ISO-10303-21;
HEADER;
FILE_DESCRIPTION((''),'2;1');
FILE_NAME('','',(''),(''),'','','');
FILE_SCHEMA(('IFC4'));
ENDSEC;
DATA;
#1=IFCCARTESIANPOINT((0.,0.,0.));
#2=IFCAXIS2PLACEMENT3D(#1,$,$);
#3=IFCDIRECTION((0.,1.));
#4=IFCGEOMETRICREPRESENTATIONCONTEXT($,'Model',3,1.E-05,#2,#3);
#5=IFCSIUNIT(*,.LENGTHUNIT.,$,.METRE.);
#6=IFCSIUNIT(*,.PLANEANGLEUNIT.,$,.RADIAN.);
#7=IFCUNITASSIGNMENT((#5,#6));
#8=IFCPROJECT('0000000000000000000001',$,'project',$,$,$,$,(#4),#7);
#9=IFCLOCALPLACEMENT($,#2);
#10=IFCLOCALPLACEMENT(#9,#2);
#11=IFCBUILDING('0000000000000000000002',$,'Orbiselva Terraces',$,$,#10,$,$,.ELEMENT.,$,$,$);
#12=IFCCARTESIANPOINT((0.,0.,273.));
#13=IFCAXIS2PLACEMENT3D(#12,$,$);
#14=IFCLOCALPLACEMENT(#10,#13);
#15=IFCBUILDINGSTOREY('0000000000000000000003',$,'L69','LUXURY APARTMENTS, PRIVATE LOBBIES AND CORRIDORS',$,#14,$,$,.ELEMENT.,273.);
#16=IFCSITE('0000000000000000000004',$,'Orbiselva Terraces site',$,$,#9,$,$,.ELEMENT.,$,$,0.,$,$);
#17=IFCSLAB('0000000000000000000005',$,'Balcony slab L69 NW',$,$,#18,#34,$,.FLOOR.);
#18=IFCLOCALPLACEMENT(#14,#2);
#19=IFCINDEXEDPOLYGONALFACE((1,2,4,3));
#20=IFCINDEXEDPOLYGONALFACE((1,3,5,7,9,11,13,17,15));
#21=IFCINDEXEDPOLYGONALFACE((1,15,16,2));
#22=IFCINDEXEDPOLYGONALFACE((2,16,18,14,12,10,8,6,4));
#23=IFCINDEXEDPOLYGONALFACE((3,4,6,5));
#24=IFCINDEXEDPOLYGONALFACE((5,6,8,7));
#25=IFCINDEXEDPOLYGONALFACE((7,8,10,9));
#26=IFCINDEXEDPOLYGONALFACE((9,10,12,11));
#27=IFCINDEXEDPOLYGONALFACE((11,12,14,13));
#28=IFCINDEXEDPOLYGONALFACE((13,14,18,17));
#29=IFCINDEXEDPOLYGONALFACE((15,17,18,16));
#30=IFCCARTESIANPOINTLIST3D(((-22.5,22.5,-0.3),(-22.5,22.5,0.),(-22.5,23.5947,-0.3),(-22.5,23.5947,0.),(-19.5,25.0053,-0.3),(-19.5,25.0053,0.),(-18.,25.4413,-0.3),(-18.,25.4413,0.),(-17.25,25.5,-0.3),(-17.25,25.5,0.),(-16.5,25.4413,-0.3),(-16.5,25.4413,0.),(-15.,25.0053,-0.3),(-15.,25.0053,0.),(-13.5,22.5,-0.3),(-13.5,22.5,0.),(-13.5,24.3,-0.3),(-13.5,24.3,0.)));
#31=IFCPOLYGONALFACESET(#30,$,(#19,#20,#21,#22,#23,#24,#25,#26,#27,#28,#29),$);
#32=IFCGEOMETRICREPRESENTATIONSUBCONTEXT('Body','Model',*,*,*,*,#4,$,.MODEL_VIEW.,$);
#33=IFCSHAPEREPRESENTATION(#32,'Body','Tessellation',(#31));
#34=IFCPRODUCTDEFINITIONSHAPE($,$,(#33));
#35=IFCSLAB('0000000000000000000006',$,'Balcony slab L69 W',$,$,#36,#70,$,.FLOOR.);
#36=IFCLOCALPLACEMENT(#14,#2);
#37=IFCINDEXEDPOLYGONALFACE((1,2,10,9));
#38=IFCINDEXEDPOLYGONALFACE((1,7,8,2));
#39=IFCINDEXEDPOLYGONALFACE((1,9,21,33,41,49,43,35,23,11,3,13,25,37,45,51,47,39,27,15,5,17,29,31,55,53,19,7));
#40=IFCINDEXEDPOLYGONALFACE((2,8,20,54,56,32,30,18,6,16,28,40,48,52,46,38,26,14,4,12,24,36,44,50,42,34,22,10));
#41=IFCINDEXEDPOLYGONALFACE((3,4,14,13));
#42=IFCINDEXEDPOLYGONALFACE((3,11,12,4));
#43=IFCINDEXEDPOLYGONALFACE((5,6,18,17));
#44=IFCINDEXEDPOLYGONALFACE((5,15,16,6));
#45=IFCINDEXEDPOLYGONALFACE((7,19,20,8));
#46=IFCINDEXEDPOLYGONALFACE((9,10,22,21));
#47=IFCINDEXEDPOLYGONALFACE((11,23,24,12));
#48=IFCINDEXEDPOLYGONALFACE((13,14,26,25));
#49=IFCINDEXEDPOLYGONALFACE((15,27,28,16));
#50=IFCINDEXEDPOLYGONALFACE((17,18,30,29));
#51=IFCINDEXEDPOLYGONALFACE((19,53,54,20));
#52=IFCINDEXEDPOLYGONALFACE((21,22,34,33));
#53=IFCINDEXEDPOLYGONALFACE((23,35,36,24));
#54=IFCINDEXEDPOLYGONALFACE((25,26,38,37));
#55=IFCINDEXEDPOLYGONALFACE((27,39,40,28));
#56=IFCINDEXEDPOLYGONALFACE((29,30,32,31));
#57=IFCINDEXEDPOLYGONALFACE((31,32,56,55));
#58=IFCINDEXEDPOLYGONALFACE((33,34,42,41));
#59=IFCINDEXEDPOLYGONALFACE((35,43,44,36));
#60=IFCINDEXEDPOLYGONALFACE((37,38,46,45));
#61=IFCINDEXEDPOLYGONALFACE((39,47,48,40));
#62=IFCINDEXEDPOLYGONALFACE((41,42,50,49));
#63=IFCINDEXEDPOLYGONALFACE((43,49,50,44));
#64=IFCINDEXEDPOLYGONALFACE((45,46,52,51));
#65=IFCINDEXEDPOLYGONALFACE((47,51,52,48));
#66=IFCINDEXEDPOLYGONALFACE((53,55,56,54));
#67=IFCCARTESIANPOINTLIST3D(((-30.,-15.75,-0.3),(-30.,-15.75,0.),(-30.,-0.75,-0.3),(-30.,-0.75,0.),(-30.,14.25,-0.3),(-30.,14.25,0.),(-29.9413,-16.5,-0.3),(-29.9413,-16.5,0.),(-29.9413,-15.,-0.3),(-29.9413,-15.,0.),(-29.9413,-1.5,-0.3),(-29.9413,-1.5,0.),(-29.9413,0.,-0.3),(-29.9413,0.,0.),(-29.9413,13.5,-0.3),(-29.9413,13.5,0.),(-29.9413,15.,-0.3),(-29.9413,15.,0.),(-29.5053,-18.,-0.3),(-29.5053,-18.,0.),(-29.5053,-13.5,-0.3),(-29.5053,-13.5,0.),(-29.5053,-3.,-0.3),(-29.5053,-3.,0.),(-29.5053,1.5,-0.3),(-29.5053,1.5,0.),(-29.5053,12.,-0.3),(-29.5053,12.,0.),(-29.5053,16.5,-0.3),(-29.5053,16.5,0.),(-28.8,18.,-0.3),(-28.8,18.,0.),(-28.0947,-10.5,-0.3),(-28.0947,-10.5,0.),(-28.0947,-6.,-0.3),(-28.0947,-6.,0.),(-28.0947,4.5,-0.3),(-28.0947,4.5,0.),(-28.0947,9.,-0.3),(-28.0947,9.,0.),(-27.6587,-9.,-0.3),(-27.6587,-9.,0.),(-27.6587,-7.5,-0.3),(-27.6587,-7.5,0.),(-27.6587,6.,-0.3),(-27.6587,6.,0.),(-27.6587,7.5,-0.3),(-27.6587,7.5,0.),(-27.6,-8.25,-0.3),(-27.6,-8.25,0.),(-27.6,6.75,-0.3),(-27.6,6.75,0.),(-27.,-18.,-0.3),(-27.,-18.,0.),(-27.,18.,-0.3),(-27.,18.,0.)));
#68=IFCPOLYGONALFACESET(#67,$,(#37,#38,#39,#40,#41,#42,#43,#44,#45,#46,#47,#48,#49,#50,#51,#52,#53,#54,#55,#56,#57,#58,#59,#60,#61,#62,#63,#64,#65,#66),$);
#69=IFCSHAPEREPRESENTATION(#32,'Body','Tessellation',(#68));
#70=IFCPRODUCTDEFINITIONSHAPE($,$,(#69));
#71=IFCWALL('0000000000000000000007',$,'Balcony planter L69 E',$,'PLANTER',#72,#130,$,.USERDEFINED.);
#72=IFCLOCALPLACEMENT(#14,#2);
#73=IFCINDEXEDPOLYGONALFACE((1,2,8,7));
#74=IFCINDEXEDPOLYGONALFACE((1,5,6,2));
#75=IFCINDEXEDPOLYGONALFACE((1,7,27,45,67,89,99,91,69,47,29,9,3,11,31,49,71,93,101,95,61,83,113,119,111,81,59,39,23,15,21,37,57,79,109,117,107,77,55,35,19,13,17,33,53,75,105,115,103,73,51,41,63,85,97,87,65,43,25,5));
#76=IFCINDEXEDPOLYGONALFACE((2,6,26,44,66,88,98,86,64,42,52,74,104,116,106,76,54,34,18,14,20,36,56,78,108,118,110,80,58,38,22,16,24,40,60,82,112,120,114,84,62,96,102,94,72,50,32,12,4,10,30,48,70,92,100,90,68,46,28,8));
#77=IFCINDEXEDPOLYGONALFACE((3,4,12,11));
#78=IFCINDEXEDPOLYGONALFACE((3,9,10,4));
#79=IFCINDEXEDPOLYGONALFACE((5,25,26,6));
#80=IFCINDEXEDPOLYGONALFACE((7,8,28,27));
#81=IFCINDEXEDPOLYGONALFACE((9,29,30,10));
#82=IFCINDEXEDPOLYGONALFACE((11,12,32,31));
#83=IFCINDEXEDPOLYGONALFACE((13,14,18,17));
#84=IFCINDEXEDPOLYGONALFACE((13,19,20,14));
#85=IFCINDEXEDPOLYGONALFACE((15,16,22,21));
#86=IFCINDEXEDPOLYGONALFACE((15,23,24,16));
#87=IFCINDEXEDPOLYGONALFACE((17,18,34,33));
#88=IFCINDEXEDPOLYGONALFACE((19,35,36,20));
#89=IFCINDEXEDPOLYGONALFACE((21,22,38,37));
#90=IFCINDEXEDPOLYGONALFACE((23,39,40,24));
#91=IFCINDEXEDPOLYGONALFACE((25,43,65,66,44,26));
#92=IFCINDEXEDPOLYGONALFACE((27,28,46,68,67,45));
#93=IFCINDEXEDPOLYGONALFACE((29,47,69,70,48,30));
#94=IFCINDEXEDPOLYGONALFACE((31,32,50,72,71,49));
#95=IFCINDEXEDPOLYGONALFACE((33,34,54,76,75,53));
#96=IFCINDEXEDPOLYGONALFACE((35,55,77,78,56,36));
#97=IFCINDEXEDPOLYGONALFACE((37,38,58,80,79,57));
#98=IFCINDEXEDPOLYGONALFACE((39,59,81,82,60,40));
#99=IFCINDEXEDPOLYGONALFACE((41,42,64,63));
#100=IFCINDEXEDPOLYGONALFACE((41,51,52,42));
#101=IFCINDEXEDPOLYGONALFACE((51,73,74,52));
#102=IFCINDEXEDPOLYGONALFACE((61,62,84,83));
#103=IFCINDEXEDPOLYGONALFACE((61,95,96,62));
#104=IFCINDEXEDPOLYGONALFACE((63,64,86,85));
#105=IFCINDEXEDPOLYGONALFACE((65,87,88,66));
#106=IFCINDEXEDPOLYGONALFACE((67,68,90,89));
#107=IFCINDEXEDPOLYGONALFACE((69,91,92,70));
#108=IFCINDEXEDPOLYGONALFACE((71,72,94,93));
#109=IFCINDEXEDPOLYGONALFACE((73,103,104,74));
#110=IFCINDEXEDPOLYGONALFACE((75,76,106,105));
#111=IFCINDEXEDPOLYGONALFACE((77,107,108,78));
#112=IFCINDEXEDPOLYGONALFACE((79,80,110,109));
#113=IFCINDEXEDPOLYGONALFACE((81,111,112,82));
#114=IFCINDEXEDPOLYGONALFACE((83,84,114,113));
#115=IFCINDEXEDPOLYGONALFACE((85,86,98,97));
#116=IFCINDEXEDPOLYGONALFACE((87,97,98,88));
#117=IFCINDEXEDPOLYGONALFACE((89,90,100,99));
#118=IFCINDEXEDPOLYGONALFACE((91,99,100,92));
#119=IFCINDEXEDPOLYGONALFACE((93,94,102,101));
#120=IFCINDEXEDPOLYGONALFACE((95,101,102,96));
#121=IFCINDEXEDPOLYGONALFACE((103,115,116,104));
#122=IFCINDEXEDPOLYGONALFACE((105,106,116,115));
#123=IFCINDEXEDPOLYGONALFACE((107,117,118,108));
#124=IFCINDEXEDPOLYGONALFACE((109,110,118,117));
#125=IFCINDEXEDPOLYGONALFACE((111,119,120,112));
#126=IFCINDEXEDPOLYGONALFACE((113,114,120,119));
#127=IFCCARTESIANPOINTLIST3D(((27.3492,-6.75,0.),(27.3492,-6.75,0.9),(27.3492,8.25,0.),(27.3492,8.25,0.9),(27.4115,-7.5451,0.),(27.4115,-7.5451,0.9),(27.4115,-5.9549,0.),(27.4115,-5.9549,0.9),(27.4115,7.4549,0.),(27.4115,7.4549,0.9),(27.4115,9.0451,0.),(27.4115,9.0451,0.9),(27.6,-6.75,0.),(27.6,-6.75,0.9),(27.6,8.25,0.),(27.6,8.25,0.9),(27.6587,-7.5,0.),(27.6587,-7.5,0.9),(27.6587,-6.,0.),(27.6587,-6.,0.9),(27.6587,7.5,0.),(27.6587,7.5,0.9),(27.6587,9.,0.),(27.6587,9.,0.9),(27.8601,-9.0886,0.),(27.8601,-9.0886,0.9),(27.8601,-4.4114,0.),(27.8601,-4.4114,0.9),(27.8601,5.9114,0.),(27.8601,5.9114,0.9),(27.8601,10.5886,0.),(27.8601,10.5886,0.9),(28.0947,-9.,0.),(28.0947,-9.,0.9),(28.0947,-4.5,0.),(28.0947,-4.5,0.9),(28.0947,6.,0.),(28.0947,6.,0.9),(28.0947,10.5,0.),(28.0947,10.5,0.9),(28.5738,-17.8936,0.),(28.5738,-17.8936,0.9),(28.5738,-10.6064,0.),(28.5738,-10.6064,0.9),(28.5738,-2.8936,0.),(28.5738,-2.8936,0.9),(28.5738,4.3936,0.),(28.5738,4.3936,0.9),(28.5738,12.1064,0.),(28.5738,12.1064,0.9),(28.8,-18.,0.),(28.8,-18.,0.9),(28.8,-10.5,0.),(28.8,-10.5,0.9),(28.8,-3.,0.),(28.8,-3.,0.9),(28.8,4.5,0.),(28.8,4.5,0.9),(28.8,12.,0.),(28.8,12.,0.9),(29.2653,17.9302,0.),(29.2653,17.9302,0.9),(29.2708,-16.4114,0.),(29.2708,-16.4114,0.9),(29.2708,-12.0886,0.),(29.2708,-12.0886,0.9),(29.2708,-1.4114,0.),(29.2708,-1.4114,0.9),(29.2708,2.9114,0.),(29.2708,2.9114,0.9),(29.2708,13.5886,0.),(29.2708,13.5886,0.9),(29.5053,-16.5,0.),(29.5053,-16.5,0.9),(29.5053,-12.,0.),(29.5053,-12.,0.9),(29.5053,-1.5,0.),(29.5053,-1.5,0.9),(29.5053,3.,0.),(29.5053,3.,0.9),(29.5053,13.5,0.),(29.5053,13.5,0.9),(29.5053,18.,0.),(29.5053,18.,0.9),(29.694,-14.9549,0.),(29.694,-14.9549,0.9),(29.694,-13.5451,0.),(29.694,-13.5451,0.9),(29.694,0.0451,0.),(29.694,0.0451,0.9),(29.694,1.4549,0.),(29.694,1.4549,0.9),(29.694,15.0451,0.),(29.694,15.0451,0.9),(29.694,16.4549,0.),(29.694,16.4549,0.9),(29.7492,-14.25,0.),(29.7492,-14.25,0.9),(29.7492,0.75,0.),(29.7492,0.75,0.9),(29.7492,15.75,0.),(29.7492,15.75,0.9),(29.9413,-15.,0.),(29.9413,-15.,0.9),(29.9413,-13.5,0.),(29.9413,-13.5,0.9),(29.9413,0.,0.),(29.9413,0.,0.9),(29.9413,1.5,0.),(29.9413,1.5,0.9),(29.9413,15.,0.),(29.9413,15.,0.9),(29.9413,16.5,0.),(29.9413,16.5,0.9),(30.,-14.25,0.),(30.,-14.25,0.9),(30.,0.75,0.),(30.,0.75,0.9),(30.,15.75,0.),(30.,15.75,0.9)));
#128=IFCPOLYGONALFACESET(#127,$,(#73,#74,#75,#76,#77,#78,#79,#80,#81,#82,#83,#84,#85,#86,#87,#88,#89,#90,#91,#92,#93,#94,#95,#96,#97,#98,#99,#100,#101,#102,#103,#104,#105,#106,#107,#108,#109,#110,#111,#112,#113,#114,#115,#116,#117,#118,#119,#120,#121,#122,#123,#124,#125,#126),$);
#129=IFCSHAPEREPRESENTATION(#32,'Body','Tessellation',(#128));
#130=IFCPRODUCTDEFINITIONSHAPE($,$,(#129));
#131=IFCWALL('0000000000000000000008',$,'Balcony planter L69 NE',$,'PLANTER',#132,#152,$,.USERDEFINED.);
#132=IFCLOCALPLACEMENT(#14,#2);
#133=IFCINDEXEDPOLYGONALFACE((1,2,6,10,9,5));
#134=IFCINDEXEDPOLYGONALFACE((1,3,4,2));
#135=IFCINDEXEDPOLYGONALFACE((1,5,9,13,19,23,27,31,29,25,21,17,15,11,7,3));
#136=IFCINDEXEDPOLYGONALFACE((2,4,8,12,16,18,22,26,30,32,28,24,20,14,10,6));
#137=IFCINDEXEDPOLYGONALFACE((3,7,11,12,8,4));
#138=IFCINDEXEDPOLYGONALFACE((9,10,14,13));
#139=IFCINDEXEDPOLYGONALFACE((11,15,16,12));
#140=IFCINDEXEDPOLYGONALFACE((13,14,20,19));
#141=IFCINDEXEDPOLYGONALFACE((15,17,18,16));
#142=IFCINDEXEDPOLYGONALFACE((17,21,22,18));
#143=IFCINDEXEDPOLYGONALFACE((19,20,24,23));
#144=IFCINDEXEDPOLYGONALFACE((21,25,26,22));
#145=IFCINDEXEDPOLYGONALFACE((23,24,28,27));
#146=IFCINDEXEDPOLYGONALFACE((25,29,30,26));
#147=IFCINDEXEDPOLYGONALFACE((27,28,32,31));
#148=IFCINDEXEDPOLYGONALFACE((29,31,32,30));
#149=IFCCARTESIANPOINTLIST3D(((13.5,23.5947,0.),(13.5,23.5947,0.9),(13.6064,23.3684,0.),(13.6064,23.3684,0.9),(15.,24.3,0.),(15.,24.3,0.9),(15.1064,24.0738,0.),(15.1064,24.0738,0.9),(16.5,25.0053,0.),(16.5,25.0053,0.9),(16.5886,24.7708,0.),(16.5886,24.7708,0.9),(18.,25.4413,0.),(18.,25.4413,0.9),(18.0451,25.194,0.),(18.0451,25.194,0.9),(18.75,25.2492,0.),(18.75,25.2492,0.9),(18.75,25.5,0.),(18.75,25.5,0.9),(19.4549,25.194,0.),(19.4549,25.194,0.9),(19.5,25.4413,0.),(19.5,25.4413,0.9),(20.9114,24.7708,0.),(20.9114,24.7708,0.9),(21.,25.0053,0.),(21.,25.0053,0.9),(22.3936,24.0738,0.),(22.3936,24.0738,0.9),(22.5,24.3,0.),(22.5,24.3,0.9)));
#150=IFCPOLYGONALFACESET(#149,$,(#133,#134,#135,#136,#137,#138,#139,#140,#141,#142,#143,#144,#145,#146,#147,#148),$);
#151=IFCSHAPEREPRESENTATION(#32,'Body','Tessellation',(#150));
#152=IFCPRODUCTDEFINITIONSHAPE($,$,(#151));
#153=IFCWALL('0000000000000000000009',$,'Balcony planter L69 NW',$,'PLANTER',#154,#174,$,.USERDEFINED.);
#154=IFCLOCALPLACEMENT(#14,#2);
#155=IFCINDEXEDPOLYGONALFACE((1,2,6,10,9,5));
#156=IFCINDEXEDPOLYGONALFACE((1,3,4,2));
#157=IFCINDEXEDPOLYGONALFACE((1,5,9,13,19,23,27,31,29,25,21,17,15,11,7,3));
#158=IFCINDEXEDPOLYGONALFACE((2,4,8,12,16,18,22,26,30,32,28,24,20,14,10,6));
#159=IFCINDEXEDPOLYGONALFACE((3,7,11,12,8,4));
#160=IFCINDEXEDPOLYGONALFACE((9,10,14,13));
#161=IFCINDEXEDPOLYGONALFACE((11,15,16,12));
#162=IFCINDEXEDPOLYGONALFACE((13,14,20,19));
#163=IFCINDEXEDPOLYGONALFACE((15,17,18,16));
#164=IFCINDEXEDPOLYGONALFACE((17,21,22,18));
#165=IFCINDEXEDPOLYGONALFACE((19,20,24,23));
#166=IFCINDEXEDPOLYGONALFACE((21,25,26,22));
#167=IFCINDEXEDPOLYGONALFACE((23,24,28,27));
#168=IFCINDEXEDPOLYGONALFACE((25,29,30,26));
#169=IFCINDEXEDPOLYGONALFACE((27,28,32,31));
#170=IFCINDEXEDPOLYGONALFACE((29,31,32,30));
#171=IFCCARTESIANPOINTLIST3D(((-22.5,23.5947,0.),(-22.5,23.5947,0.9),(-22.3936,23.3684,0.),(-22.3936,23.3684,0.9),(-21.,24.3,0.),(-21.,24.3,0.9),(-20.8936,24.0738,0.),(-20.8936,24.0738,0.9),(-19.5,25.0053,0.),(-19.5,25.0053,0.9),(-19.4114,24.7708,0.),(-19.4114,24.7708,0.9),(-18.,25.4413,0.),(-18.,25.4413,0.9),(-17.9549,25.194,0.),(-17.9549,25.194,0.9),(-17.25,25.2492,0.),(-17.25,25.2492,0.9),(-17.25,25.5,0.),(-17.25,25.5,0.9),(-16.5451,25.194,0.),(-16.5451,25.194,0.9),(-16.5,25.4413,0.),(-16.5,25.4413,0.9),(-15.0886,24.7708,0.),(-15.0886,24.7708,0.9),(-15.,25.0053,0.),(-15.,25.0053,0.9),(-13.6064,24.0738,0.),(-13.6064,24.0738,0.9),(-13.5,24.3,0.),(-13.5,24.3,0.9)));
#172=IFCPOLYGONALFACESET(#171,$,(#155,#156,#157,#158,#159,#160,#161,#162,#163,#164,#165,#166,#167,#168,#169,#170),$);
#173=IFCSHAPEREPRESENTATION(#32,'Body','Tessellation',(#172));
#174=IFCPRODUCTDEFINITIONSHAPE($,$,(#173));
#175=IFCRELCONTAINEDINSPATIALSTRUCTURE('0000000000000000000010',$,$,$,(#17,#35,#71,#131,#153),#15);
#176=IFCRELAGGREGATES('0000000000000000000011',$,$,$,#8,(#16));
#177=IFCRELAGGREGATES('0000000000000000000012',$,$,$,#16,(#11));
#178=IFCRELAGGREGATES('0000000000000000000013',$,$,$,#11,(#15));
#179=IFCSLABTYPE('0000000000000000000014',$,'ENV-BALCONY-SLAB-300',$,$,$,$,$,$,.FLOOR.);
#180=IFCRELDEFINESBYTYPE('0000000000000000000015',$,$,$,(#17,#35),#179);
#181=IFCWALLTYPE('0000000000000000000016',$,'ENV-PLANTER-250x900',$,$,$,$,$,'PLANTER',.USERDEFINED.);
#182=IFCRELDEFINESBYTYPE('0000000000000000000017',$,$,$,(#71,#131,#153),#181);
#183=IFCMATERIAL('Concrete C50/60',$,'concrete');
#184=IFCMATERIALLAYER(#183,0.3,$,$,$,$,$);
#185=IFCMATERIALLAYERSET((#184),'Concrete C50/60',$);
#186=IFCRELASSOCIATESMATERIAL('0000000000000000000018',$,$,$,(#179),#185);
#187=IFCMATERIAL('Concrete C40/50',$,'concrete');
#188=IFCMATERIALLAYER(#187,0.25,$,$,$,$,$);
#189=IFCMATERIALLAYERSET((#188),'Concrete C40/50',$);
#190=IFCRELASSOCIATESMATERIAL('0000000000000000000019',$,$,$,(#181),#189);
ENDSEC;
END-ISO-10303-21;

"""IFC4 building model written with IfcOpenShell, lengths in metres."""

from ifc_helpers import new_model, si_unit, direction, frame, origin, place, context, subcontext, project, spatial, polyline, outline, extrude, material, layer, layer_set, type_object, element, save


model = new_model("IFC4")

# Units and contexts
model_context = context("Model", 3, precision=1e-05, world=origin(), true_north=direction((0.0, 1.0)))
body_context = subcontext(model_context, "Body", "Model", "MODEL_VIEW")
ifc_project = project(units=[si_unit("LENGTHUNIT", "METRE"), si_unit("PLANEANGLEUNIT", "RADIAN")], contexts=[model_context])

# Site, building, storey
site_placement = place(None, origin())
site = spatial("IfcSite", under=ifc_project, at=site_placement, Name="Orbiselva Terraces site", CompositionType="ELEMENT", RefElevation=0.0)
building_placement = place(site_placement, origin())
building = spatial("IfcBuilding", under=site, at=building_placement, Name="Orbiselva Terraces", CompositionType="ELEMENT")
storey_placement = place(building_placement, frame((0.0, 0.0, 273.0)))
storey = spatial("IfcBuildingStorey", under=building, at=storey_placement, Name="L69", Description="LUXURY APARTMENTS, PRIVATE LOBBIES AND CORRIDORS", CompositionType="ELEMENT", Elevation=273.0)

# Shared definitions
ifc_material_1 = material(Name="Concrete C50/60", Category="concrete")

# Slabs
ifc_material_2 = material(Name="Concrete C40/50", Category="concrete")
ifc_layer_1 = layer(ifc_material_1, 0.3)
ifc_layer_set_1 = layer_set([ifc_layer_1], Name="Concrete C50/60")
slab_type_1 = type_object("IfcSlabType", Name="ENV-BALCONY-SLAB-300", PredefinedType="FLOOR", material=ifc_layer_set_1)
slab_1_placement = place(storey_placement, frame((0.0, 0.0, -0.3)))
element("IfcSlab", 1, at=slab_1_placement, inside=storey, type_object=slab_type_1, Name="Balcony slab L69 NW", PredefinedType="FLOOR", context=body_context, shape_type="SweptSolid", body=[
    extrude(outline(polyline([(-13.5, 24.3), (-15.0, 25.0053), (-16.5, 25.4413), (-17.25, 25.5), (-18.0, 25.4413), (-19.5, 25.0053), (-22.5, 23.5947), (-22.5, 22.5), (-13.5, 22.5), (-13.5, 24.3)])), origin(), (0.0, 0.0, 1.0), 0.3),
])
slab_2_placement = place(storey_placement, frame((0.0, 0.0, -0.3)))
element("IfcSlab", 2, at=slab_2_placement, inside=storey, type_object=slab_type_1, Name="Balcony slab L69 W", PredefinedType="FLOOR", context=body_context, shape_type="SweptSolid", body=[
    extrude(outline(polyline([(-28.8, 18.0), (-29.5053, 16.5), (-29.9413, 15.0), (-30.0, 14.25), (-29.9413, 13.5), (-29.5053, 12.0), (-28.0947, 9.0), (-27.6587, 7.5), (-27.6, 6.75), (-27.6587, 6.0), (-28.0947, 4.5), (-29.5053, 1.5), (-29.9413, 0.0), (-30.0, -0.75), (-29.9413, -1.5), (-29.5053, -3.0), (-28.0947, -6.0), (-27.6587, -7.5), (-27.6, -8.25), (-27.6587, -9.0), (-28.0947, -10.5), (-29.5053, -13.5), (-29.9413, -15.0), (-30.0, -15.75), (-29.9413, -16.5), (-29.5053, -18.0), (-27.0, -18.0), (-27.0, 18.0), (-28.8, 18.0)])), origin(), (0.0, 0.0, 1.0), 0.3),
])

# Walls
ifc_layer_2 = layer(ifc_material_2, 0.25)
ifc_layer_set_2 = layer_set([ifc_layer_2], Name="Concrete C40/50")
wall_type_1 = type_object("IfcWallType", Name="ENV-PLANTER-250x900", ElementType="PLANTER", PredefinedType="USERDEFINED", material=ifc_layer_set_2)
wall_1_placement = place(storey_placement, origin())
element("IfcWall", 3, at=wall_1_placement, inside=storey, type_object=wall_type_1, Name="Balcony planter L69 E", ObjectType="PLANTER", PredefinedType="USERDEFINED", context=body_context, shape_type="SweptSolid", body=[
    extrude(outline(polyline([(28.8, -18.0), (29.5053, -16.5), (29.9413, -15.0), (30.0, -14.25), (29.9413, -13.5), (29.5053, -12.0), (28.8, -10.5), (28.0947, -9.0), (27.6587, -7.5), (27.6, -6.75), (27.6587, -6.0), (28.0947, -4.5), (28.8, -3.0), (29.5053, -1.5), (29.9413, 0.0), (30.0, 0.75), (29.9413, 1.5), (29.5053, 3.0), (28.8, 4.5), (28.0947, 6.0), (27.6587, 7.5), (27.6, 8.25), (27.6587, 9.0), (28.0947, 10.5), (28.8, 12.0), (29.5053, 13.5), (29.9413, 15.0), (30.0, 15.75), (29.9413, 16.5), (29.5053, 18.0), (29.2653, 17.9302), (29.694, 16.4549), (29.7492, 15.75), (29.694, 15.0451), (29.2708, 13.5886), (28.5738, 12.1064), (27.8601, 10.5886), (27.4115, 9.0451), (27.3492, 8.25), (27.4115, 7.4549), (27.8601, 5.9114), (28.5738, 4.3936), (29.2708, 2.9114), (29.694, 1.4549), (29.7492, 0.75), (29.694, 0.0451), (29.2708, -1.4114), (28.5738, -2.8936), (27.8601, -4.4114), (27.4115, -5.9549), (27.3492, -6.75), (27.4115, -7.5451), (27.8601, -9.0886), (28.5738, -10.6064), (29.2708, -12.0886), (29.694, -13.5451), (29.7492, -14.25), (29.694, -14.9549), (29.2708, -16.4114), (28.5738, -17.8936), (28.8, -18.0)])), origin(), (0.0, 0.0, 1.0), 0.9),
])
wall_2_placement = place(storey_placement, origin())
element("IfcWall", 4, at=wall_2_placement, inside=storey, type_object=wall_type_1, Name="Balcony planter L69 NE", ObjectType="PLANTER", PredefinedType="USERDEFINED", context=body_context, shape_type="SweptSolid", body=[
    extrude(outline(polyline([(22.5, 24.3), (21.0, 25.0053), (19.5, 25.4413), (18.75, 25.5), (18.0, 25.4413), (16.5, 25.0053), (15.0, 24.3), (13.5, 23.5947), (13.6064, 23.3684), (15.1064, 24.0738), (16.5886, 24.7708), (18.0451, 25.194), (18.75, 25.2492), (19.4549, 25.194), (20.9114, 24.7708), (22.3936, 24.0738), (22.5, 24.3)])), origin(), (0.0, 0.0, 1.0), 0.9),
])
wall_3_placement = place(storey_placement, origin())
element("IfcWall", 5, at=wall_3_placement, inside=storey, type_object=wall_type_1, Name="Balcony planter L69 NW", ObjectType="PLANTER", PredefinedType="USERDEFINED", context=body_context, shape_type="SweptSolid", body=[
    extrude(outline(polyline([(-13.5, 24.3), (-15.0, 25.0053), (-16.5, 25.4413), (-17.25, 25.5), (-18.0, 25.4413), (-19.5, 25.0053), (-21.0, 24.3), (-22.5, 23.5947), (-22.3936, 23.3684), (-20.8936, 24.0738), (-19.4114, 24.7708), (-17.9549, 25.194), (-17.25, 25.2492), (-16.5451, 25.194), (-15.0886, 24.7708), (-13.6064, 24.0738), (-13.5, 24.3)])), origin(), (0.0, 0.0, 1.0), 0.9),
])

save(model, "model.ifc")
